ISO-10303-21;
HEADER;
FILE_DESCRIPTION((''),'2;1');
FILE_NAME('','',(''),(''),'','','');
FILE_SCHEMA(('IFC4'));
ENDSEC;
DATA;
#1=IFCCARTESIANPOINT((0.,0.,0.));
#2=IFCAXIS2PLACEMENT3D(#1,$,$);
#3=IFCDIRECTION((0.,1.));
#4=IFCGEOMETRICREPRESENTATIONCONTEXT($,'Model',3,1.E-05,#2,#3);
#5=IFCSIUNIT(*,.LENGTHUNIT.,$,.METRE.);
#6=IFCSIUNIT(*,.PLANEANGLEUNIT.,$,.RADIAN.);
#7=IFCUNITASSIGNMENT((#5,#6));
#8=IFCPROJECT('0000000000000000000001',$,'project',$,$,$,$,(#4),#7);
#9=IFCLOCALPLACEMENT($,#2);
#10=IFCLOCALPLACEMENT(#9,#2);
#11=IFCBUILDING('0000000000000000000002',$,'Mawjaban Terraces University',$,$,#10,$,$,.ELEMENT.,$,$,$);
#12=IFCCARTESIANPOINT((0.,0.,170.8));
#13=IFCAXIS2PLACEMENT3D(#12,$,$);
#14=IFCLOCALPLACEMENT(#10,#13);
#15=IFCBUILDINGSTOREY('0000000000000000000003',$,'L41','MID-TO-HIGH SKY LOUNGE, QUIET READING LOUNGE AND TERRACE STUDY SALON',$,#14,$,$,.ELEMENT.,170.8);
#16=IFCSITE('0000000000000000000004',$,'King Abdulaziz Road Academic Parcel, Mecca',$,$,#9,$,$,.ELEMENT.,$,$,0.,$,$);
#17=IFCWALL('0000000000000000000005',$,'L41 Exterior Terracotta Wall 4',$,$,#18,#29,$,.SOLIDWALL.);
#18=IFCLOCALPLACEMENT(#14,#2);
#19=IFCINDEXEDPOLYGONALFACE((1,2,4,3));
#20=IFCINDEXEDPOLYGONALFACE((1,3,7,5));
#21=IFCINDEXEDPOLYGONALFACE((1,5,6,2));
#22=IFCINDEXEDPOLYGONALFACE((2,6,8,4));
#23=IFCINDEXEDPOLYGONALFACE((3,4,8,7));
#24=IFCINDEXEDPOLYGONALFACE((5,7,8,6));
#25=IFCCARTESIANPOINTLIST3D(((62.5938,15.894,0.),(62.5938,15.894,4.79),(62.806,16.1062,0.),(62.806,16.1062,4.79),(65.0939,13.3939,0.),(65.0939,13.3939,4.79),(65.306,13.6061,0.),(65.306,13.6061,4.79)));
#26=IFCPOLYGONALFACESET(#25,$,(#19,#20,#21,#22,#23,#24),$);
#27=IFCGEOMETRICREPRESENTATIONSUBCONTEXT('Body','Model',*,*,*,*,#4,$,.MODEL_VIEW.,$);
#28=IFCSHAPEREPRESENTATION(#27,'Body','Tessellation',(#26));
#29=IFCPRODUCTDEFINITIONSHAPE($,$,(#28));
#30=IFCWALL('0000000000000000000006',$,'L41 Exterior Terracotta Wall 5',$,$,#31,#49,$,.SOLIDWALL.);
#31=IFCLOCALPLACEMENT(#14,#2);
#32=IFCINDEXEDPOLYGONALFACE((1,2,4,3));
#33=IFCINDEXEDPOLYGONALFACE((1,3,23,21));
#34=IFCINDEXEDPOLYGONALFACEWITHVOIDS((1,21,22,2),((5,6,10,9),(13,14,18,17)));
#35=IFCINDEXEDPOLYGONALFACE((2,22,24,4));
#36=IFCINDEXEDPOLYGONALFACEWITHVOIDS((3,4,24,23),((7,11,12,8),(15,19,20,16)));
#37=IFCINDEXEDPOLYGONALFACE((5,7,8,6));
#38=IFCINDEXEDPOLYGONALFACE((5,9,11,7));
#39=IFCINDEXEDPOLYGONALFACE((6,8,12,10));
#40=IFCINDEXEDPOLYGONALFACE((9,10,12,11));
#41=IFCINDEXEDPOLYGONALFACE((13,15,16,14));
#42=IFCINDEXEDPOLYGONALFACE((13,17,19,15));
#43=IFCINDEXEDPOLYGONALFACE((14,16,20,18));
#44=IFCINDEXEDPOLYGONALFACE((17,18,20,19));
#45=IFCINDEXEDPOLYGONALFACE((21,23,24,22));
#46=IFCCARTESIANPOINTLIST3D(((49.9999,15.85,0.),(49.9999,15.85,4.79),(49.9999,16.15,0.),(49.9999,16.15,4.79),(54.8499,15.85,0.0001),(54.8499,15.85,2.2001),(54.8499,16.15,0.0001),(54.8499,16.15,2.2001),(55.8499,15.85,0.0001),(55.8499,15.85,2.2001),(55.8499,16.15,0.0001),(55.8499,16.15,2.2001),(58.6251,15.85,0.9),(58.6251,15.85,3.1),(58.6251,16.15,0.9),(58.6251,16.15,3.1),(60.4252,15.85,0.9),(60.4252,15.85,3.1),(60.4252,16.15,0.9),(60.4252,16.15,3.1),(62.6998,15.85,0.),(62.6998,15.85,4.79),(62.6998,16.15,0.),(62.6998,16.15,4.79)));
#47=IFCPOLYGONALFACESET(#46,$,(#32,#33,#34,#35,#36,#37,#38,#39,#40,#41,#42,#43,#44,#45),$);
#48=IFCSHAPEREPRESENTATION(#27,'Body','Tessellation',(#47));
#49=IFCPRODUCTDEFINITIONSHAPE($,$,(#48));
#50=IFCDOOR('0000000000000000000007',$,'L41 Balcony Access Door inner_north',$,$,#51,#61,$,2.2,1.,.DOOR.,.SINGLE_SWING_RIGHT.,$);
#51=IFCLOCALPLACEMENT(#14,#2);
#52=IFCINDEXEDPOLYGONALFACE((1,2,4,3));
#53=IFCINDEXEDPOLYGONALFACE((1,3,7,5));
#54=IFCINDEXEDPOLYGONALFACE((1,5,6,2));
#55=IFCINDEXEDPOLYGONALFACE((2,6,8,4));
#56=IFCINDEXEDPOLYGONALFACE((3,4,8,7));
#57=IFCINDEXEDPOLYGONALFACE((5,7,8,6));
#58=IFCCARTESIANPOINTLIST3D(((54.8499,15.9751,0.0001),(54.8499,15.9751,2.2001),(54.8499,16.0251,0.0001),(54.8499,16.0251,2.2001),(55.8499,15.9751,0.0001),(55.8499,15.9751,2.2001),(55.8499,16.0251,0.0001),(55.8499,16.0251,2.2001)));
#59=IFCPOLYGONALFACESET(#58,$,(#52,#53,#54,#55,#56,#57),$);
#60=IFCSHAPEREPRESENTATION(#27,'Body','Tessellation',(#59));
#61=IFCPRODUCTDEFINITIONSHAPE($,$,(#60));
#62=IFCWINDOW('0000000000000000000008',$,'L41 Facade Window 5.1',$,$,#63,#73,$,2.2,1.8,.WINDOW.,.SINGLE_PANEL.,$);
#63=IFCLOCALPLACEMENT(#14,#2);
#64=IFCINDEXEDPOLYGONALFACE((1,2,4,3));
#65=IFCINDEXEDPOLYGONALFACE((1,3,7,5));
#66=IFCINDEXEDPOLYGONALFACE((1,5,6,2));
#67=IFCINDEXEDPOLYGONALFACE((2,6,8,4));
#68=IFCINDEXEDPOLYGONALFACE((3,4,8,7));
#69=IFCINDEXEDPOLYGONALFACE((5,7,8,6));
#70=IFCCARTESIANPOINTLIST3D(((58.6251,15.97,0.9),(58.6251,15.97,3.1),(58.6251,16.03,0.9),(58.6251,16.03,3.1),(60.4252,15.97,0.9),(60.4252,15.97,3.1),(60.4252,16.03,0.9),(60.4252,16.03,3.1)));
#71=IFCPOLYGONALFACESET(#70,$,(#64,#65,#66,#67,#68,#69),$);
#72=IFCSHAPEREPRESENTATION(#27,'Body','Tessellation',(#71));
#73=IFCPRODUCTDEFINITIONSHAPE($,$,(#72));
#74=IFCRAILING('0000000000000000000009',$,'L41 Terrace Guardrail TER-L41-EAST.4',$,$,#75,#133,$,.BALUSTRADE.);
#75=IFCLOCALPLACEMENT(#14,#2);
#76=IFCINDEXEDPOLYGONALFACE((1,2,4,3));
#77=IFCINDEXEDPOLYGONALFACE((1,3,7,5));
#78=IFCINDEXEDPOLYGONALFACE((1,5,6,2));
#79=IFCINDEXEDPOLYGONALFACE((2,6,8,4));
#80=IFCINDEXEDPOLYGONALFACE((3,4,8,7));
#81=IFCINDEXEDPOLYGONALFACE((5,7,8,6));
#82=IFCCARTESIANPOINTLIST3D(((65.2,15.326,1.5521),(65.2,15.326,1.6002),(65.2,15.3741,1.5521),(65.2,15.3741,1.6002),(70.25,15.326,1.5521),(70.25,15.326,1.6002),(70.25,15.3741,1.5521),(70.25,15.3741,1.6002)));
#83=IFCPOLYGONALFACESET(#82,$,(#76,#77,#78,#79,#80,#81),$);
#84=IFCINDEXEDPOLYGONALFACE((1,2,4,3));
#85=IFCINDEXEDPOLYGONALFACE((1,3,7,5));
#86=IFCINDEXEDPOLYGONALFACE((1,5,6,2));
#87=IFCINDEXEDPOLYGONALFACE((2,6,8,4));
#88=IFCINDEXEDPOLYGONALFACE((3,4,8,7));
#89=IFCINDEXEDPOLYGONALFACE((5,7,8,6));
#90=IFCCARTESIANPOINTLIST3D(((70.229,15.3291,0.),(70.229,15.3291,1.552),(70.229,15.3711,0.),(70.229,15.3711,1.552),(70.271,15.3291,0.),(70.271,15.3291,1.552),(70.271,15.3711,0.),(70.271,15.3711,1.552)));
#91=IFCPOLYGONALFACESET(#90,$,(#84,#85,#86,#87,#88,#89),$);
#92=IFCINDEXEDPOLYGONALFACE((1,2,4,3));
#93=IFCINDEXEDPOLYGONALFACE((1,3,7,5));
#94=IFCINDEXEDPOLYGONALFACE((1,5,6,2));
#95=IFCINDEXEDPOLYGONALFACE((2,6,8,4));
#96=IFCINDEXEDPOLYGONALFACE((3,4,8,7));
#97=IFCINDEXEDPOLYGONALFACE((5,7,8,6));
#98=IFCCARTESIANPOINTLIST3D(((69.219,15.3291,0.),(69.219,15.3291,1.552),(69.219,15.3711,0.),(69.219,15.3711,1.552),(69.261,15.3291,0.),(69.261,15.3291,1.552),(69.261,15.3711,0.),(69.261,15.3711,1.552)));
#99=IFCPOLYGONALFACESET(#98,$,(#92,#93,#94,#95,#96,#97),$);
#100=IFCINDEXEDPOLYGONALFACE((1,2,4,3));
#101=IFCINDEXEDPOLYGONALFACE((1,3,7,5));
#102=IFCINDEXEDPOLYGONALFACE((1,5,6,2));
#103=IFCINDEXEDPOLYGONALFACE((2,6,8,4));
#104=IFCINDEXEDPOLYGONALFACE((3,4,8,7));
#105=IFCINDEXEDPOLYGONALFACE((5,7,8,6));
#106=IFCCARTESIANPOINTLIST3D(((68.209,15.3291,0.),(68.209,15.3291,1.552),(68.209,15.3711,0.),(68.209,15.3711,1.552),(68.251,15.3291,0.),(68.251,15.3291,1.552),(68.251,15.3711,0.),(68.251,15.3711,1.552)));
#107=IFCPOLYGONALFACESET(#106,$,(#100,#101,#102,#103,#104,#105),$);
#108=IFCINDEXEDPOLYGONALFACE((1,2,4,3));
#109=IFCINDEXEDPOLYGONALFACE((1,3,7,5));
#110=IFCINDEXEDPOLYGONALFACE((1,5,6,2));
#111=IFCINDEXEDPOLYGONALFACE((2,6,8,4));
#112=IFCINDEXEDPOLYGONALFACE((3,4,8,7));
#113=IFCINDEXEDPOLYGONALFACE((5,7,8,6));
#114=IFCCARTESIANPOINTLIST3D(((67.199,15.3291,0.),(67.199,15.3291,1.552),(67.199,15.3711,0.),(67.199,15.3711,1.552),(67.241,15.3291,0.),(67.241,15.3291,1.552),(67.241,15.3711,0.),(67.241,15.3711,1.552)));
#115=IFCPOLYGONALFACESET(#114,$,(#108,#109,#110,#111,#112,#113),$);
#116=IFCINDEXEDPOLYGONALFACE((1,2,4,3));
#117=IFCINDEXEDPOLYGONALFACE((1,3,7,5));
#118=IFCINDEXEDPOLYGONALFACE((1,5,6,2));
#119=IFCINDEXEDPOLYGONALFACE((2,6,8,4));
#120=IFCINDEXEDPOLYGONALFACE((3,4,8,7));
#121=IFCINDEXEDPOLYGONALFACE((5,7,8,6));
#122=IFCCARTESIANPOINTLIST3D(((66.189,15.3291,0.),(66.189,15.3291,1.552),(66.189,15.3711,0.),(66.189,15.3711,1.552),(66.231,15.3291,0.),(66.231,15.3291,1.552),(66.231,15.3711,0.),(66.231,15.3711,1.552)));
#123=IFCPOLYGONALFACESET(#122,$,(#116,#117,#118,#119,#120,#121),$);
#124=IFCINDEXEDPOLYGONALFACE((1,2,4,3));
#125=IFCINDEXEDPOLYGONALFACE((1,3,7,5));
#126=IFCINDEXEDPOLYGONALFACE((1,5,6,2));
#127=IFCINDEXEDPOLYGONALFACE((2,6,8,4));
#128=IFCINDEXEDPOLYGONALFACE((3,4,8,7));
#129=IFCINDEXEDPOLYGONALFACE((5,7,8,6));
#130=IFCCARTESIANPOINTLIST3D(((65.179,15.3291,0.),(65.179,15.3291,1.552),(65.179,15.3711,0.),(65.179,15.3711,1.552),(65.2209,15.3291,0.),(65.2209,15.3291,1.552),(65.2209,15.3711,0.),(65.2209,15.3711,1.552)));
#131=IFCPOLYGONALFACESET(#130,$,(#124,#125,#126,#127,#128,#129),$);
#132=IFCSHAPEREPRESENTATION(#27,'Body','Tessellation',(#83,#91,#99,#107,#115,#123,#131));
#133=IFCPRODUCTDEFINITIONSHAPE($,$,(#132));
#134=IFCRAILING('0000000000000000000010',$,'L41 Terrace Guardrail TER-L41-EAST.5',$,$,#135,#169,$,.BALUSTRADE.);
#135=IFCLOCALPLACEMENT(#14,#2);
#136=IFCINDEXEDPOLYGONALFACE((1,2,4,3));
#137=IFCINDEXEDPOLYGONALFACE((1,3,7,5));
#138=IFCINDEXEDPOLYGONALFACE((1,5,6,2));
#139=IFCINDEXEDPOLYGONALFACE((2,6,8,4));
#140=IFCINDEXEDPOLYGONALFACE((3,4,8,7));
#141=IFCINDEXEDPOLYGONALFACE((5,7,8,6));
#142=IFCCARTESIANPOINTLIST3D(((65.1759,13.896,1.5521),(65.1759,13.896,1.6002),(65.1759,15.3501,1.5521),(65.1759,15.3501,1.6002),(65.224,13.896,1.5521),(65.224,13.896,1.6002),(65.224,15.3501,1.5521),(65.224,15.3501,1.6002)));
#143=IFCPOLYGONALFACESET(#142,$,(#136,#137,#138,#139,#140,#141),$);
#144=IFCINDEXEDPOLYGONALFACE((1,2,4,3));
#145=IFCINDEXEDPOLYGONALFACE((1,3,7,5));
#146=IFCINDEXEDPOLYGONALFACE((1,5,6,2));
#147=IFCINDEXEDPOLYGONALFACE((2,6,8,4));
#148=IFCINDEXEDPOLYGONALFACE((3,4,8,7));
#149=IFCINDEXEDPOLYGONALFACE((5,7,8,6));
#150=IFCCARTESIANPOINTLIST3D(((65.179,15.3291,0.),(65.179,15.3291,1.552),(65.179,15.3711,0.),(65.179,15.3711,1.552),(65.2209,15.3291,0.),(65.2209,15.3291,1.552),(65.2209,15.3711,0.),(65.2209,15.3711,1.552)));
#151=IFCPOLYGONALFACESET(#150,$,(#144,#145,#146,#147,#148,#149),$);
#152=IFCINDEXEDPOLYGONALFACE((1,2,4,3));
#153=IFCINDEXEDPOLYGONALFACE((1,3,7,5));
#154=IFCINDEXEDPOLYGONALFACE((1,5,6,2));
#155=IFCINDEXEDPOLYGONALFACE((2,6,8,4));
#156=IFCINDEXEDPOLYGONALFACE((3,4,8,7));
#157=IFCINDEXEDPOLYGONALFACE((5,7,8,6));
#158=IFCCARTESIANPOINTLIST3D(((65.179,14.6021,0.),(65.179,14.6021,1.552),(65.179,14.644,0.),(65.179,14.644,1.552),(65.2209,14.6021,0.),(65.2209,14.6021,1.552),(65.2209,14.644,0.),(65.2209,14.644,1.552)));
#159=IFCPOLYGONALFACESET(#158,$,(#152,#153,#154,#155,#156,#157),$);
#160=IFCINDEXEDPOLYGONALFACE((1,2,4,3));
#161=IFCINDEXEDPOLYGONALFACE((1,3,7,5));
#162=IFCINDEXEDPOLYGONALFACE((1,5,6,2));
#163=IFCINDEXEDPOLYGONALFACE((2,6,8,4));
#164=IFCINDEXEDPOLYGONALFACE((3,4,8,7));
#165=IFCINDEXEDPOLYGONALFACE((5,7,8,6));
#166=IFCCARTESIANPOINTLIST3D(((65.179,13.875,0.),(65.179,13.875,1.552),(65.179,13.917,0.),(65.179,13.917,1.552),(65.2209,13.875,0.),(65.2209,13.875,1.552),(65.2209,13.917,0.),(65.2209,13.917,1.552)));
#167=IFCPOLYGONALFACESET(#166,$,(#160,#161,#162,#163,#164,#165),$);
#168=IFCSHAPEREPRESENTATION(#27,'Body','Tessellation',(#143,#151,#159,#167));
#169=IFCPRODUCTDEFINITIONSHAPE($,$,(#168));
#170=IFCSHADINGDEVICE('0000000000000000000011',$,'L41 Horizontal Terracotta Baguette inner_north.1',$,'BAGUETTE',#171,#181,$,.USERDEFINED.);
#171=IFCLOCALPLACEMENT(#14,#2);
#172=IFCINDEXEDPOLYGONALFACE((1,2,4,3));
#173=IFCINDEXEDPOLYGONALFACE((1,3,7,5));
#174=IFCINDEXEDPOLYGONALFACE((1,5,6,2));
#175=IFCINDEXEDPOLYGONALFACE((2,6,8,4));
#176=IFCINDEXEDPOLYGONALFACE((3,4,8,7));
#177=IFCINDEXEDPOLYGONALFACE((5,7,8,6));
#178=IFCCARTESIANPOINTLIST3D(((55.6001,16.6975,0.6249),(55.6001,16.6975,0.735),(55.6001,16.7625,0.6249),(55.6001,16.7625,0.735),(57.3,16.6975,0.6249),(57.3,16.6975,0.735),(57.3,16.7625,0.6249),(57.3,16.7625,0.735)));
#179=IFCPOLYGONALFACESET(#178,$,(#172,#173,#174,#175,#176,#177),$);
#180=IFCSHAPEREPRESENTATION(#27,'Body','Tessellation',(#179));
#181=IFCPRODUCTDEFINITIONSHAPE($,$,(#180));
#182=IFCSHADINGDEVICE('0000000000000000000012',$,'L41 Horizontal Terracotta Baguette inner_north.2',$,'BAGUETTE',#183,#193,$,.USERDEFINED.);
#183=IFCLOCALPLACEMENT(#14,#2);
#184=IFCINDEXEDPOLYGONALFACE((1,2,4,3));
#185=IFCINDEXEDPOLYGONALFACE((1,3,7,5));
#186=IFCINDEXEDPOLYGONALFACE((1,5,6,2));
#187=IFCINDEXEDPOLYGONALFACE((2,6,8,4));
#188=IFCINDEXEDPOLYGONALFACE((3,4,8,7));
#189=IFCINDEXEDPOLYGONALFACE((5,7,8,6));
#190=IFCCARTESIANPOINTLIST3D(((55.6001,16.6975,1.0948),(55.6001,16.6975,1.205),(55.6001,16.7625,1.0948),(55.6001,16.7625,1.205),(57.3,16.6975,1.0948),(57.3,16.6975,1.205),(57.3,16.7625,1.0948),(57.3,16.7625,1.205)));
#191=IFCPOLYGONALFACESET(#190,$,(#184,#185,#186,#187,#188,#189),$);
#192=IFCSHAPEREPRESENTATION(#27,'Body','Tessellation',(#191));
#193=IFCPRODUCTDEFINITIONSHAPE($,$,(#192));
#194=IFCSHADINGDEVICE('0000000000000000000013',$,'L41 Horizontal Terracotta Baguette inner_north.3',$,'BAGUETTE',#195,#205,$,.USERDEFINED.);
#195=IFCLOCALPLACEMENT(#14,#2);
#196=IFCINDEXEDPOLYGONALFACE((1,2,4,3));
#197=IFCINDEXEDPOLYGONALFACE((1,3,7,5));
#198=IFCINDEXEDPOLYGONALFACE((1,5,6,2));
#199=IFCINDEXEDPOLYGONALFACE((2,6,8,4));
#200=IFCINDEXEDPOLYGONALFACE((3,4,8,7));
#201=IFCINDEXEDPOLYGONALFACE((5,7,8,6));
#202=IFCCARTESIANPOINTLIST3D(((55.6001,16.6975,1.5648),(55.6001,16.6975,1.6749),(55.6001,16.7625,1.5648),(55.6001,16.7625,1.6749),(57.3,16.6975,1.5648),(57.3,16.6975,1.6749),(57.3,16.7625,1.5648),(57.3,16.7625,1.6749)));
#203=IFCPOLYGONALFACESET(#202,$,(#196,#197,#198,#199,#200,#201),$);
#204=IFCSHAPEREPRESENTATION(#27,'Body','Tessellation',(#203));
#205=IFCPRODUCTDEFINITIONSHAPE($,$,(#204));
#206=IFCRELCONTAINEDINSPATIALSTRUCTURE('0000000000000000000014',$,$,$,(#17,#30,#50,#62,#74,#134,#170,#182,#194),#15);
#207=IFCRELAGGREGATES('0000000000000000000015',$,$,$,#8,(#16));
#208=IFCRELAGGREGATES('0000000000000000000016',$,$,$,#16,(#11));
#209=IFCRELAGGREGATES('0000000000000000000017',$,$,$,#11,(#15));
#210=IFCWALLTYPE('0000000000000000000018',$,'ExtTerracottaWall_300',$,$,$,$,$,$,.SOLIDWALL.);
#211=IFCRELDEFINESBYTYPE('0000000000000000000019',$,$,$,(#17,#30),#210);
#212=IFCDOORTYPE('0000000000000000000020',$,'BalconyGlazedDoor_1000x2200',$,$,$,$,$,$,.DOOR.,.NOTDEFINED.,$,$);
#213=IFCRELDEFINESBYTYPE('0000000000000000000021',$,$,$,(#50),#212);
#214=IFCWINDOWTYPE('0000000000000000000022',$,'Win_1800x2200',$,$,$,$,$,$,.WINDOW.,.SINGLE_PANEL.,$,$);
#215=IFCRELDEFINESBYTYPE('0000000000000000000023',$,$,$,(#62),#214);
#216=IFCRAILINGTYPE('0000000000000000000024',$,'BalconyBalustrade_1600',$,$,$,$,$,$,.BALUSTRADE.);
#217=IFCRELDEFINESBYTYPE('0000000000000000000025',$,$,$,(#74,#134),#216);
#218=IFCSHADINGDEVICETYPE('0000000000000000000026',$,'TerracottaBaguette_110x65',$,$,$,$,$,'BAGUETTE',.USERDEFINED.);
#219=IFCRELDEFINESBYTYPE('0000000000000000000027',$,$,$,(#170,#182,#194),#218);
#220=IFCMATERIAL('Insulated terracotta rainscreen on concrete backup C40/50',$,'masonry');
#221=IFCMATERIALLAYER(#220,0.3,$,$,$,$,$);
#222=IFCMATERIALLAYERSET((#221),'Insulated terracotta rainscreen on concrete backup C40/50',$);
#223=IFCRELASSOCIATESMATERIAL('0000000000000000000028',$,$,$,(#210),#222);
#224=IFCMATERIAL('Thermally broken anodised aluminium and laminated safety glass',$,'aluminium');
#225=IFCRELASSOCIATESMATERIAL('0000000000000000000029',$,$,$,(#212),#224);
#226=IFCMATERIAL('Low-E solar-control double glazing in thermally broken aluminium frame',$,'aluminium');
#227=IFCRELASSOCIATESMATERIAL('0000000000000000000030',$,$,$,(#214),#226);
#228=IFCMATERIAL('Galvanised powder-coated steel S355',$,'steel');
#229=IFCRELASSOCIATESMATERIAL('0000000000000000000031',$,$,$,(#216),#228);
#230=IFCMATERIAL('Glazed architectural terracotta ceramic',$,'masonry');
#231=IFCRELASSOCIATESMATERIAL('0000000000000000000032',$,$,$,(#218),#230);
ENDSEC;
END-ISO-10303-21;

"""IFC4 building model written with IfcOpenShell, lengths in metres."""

from ifc_helpers import new_model, si_unit, direction, frame, frame_2d, origin, origin_2d, place, context, subcontext, project, spatial, rectangle, extrude, material, layer, layer_set, material_profile, profile_set, type_object, element, fill, save


model = new_model("IFC4")

# Units and contexts
model_context = context("Model", 3, precision=1e-05, world=origin(), true_north=direction((0.0, 1.0)))
body_context = subcontext(model_context, "Body", "Model", "MODEL_VIEW")
ifc_project = project(units=[si_unit("LENGTHUNIT", "METRE"), si_unit("PLANEANGLEUNIT", "RADIAN")], contexts=[model_context])

# Site, building, storey
site_placement = place(None, origin())
site = spatial("IfcSite", under=ifc_project, at=site_placement, Name="King Abdulaziz Road Academic Parcel, Mecca", CompositionType="ELEMENT", RefElevation=0.0)
building_placement = place(site_placement, origin())
building = spatial("IfcBuilding", under=site, at=building_placement, Name="Mawjaban Terraces University", CompositionType="ELEMENT")
storey_placement = place(building_placement, frame((0.0, 0.0, 170.8)))
storey = spatial("IfcBuildingStorey", under=building, at=storey_placement, Name="L41", Description="MID-TO-HIGH SKY LOUNGE, QUIET READING LOUNGE AND TERRACE STUDY SALON", CompositionType="ELEMENT", Elevation=170.8)

# Wall
ifc_material_1 = material(Name="Insulated terracotta rainscreen on concrete backup C40/50", Category="masonry")
ifc_layer_1 = layer(ifc_material_1, 0.3)
ifc_layer_set_1 = layer_set([ifc_layer_1], Name="Insulated terracotta rainscreen on concrete backup C40/50")
wall_type = type_object("IfcWallType", Name="ExtTerracottaWall_300", PredefinedType="SOLIDWALL", material=ifc_layer_set_1)
wall_1_placement = place(storey_placement, frame((65.2, 13.5, 0.0), z_axis=(0.0, 0.0, 1.0), x_axis=(-0.707107, 0.707107, 0.0)))
element("IfcWall", 1, at=wall_1_placement, inside=storey, type_object=wall_type, Name="L41 Exterior Terracotta Wall 4", PredefinedType="SOLIDWALL", context=body_context, shape_type="SweptSolid", body=[
    extrude(rectangle(XDim=3.5356, YDim=0.3, at=frame_2d((1.7678, 0.0))), origin(), (0.0, 0.0, 1.0), 4.79),
])

# Wall, openings, door, window
wall_2_placement = place(storey_placement, frame((62.7, 16.0, 0.0), z_axis=(0.0, 0.0, 1.0), x_axis=(-1.0, 0.0, 0.0)))
wall_2 = element("IfcWall", 2, at=wall_2_placement, inside=storey, type_object=wall_type, Name="L41 Exterior Terracotta Wall 5", PredefinedType="SOLIDWALL", context=body_context, shape_type="SweptSolid", body=[
    extrude(rectangle(XDim=12.7, YDim=0.3, at=frame_2d((6.3501, 0.0))), origin(), (0.0, 0.0, 1.0), 4.79),
])
opening_1_placement = place(wall_2_placement, frame((6.8501, 0.0, 0.0)))
opening_1 = element("IfcOpeningElement", 3, at=opening_1_placement, cuts=wall_2, PredefinedType="OPENING", context=body_context, shape_type="SweptSolid", body=[
    extrude(rectangle(XDim=1.0, YDim=2.2, at=frame_2d((0.5, 1.1001))), frame((0.0, 0.1599, 0.0), z_axis=(0.0, -1.0, 0.0), x_axis=(1.0, 0.0, 0.0)), (0.0, 0.0, 1.0), 0.3201),
])
opening_2_placement = place(wall_2_placement, frame((2.2749, 0.0, 0.8999)))
opening_2 = element("IfcOpeningElement", 4, at=opening_2_placement, cuts=wall_2, PredefinedType="OPENING", context=body_context, shape_type="SweptSolid", body=[
    extrude(rectangle(XDim=1.8, YDim=2.2, at=frame_2d((0.8999, 1.1001))), frame((0.0, 0.1599, 0.0), z_axis=(0.0, -1.0, 0.0), x_axis=(1.0, 0.0, 0.0)), (0.0, 0.0, 1.0), 0.3201),
])
ifc_material_2 = material(Name="Thermally broken anodised aluminium and laminated safety glass", Category="aluminium")
door_type = type_object("IfcDoorType", Name="BalconyGlazedDoor_1000x2200", OperationType="NOTDEFINED", PredefinedType="DOOR", material=ifc_material_2)
door_placement = place(opening_1_placement, origin())
door = element("IfcDoor", 5, at=door_placement, inside=storey, type_object=door_type, Name="L41 Balcony Access Door inner_north", OperationType="SINGLE_SWING_RIGHT", OverallHeight=2.2, OverallWidth=1.0, PredefinedType="DOOR", context=body_context, shape_type="SweptSolid", body=[
    extrude(rectangle(XDim=1.0, YDim=2.2, at=frame_2d((0.5, 1.1001))), frame((0.0, 0.0249, 0.0), z_axis=(0.0, -1.0, 0.0), x_axis=(1.0, 0.0, 0.0)), (0.0, 0.0, 1.0), 0.05),
])
fill(opening_1, door)
ifc_material_3 = material(Name="Low-E solar-control double glazing in thermally broken aluminium frame", Category="aluminium")
window_type = type_object("IfcWindowType", Name="Win_1800x2200", PartitioningType="SINGLE_PANEL", PredefinedType="WINDOW", material=ifc_material_3)
window_placement = place(opening_2_placement, origin())
window = element("IfcWindow", 6, at=window_placement, inside=storey, type_object=window_type, Name="L41 Facade Window 5.1", OverallHeight=2.2, OverallWidth=1.8, PartitioningType="SINGLE_PANEL", PredefinedType="WINDOW", context=body_context, shape_type="SweptSolid", body=[
    extrude(rectangle(XDim=1.8, YDim=2.2, at=frame_2d((0.8999, 1.1001))), frame((0.0, 0.03, 0.0), z_axis=(0.0, -1.0, 0.0), x_axis=(1.0, 0.0, 0.0)), (0.0, 0.0, 1.0), 0.0601),
])
fill(opening_2, window)

# Railings
ifc_material_4 = material(Name="Galvanised powder-coated steel S355", Category="steel")
railing_type = type_object("IfcRailingType", Name="BalconyBalustrade_1600", PredefinedType="BALUSTRADE", material=ifc_material_4)
railing_1_placement = place(storey_placement, frame((70.25, 15.3501, 0.0)))
element("IfcRailing", 7, at=railing_1_placement, inside=storey, type_object=railing_type, Name="L41 Terrace Guardrail TER-L41-EAST.4", PredefinedType="BALUSTRADE", context=body_context, shape_type="SweptSolid", body=[
    extrude(rectangle(XDim=0.0481, YDim=0.0481, at=origin_2d()), frame((0.0, 0.0, 1.5762), z_axis=(-1.0, 0.0, 0.0), x_axis=(0.0, -1.0, 0.0)), (0.0, 0.0, 1.0), 5.05),
    extrude(rectangle(XDim=0.042, YDim=0.042, at=origin_2d()), origin(), (0.0, 0.0, 1.0), 1.552),
    extrude(rectangle(XDim=0.042, YDim=0.042, at=origin_2d()), frame((-1.01, 0.0, 0.0)), (0.0, 0.0, 1.0), 1.552),
    extrude(rectangle(XDim=0.042, YDim=0.042, at=origin_2d()), frame((-2.02, 0.0, 0.0)), (0.0, 0.0, 1.0), 1.552),
    extrude(rectangle(XDim=0.042, YDim=0.042, at=origin_2d()), frame((-3.03, 0.0, 0.0)), (0.0, 0.0, 1.0), 1.552),
    extrude(rectangle(XDim=0.042, YDim=0.042, at=origin_2d()), frame((-4.04, 0.0, 0.0)), (0.0, 0.0, 1.0), 1.552),
    extrude(rectangle(XDim=0.042, YDim=0.042, at=origin_2d()), frame((-5.05, 0.0, 0.0)), (0.0, 0.0, 1.0), 1.552),
])
railing_2_placement = place(storey_placement, frame((65.2, 15.3501, 0.0)))
element("IfcRailing", 8, at=railing_2_placement, inside=storey, type_object=railing_type, Name="L41 Terrace Guardrail TER-L41-EAST.5", PredefinedType="BALUSTRADE", context=body_context, shape_type="SweptSolid", body=[
    extrude(rectangle(XDim=0.0481, YDim=0.0481, at=origin_2d()), frame((0.0, 0.0, 1.5762), z_axis=(0.0, -1.0, 0.0), x_axis=(1.0, 0.0, 0.0)), (0.0, 0.0, 1.0), 1.4541),
    extrude(rectangle(XDim=0.042, YDim=0.042, at=origin_2d()), origin(), (0.0, 0.0, 1.0), 1.552),
    extrude(rectangle(XDim=0.042, YDim=0.042, at=origin_2d()), frame((0.0, -0.7271, 0.0)), (0.0, 0.0, 1.0), 1.552),
    extrude(rectangle(XDim=0.042, YDim=0.042, at=origin_2d()), frame((0.0, -1.4541, 0.0)), (0.0, 0.0, 1.0), 1.552),
])

# Shading devices
ifc_material_5 = material(Name="Glazed architectural terracotta ceramic", Category="masonry")
ifc_material_profile_1 = material_profile(ifc_material_5, rectangle(XDim=0.0649, YDim=0.1101, at=origin_2d()), Name="TBAG110X65")
ifc_profile_set_1 = profile_set([ifc_material_profile_1], Name="Glazed architectural terracotta ceramic")
shading_device_type_1 = type_object("IfcShadingDeviceType", Name="TerracottaBaguette_110x65", ElementType="BAGUETTE", PredefinedType="USERDEFINED", material=ifc_profile_set_1)
for number, where, z_axis, x_axis, name in (
    (9, (55.6001, 16.73, 0.6799), (1.0, 0.0, 0.0), (0.0, 1.0, 0.0), "L41 Horizontal Terracotta Baguette inner_north.1"),
    (10, (55.6001, 16.73, 1.1499), (1.0, 0.0, 0.0), (0.0, 1.0, 0.0), "L41 Horizontal Terracotta Baguette inner_north.2"),
    (11, (55.6001, 16.73, 1.6199), (1.0, 0.0, 0.0), (0.0, 1.0, 0.0), "L41 Horizontal Terracotta Baguette inner_north.3"),
):
    element("IfcShadingDevice", number, at=place(storey_placement, frame(where, z_axis=z_axis, x_axis=x_axis)), inside=storey, type_object=shading_device_type_1, Name=name, ObjectType="BAGUETTE", PredefinedType="USERDEFINED", context=body_context, shape_type="SweptSolid", body=[
        extrude(rectangle(XDim=0.0649, YDim=0.1101, at=origin_2d()), origin(), (0.0, 0.0, 1.0), 1.7),
    ])

save(model, "model.ifc")
